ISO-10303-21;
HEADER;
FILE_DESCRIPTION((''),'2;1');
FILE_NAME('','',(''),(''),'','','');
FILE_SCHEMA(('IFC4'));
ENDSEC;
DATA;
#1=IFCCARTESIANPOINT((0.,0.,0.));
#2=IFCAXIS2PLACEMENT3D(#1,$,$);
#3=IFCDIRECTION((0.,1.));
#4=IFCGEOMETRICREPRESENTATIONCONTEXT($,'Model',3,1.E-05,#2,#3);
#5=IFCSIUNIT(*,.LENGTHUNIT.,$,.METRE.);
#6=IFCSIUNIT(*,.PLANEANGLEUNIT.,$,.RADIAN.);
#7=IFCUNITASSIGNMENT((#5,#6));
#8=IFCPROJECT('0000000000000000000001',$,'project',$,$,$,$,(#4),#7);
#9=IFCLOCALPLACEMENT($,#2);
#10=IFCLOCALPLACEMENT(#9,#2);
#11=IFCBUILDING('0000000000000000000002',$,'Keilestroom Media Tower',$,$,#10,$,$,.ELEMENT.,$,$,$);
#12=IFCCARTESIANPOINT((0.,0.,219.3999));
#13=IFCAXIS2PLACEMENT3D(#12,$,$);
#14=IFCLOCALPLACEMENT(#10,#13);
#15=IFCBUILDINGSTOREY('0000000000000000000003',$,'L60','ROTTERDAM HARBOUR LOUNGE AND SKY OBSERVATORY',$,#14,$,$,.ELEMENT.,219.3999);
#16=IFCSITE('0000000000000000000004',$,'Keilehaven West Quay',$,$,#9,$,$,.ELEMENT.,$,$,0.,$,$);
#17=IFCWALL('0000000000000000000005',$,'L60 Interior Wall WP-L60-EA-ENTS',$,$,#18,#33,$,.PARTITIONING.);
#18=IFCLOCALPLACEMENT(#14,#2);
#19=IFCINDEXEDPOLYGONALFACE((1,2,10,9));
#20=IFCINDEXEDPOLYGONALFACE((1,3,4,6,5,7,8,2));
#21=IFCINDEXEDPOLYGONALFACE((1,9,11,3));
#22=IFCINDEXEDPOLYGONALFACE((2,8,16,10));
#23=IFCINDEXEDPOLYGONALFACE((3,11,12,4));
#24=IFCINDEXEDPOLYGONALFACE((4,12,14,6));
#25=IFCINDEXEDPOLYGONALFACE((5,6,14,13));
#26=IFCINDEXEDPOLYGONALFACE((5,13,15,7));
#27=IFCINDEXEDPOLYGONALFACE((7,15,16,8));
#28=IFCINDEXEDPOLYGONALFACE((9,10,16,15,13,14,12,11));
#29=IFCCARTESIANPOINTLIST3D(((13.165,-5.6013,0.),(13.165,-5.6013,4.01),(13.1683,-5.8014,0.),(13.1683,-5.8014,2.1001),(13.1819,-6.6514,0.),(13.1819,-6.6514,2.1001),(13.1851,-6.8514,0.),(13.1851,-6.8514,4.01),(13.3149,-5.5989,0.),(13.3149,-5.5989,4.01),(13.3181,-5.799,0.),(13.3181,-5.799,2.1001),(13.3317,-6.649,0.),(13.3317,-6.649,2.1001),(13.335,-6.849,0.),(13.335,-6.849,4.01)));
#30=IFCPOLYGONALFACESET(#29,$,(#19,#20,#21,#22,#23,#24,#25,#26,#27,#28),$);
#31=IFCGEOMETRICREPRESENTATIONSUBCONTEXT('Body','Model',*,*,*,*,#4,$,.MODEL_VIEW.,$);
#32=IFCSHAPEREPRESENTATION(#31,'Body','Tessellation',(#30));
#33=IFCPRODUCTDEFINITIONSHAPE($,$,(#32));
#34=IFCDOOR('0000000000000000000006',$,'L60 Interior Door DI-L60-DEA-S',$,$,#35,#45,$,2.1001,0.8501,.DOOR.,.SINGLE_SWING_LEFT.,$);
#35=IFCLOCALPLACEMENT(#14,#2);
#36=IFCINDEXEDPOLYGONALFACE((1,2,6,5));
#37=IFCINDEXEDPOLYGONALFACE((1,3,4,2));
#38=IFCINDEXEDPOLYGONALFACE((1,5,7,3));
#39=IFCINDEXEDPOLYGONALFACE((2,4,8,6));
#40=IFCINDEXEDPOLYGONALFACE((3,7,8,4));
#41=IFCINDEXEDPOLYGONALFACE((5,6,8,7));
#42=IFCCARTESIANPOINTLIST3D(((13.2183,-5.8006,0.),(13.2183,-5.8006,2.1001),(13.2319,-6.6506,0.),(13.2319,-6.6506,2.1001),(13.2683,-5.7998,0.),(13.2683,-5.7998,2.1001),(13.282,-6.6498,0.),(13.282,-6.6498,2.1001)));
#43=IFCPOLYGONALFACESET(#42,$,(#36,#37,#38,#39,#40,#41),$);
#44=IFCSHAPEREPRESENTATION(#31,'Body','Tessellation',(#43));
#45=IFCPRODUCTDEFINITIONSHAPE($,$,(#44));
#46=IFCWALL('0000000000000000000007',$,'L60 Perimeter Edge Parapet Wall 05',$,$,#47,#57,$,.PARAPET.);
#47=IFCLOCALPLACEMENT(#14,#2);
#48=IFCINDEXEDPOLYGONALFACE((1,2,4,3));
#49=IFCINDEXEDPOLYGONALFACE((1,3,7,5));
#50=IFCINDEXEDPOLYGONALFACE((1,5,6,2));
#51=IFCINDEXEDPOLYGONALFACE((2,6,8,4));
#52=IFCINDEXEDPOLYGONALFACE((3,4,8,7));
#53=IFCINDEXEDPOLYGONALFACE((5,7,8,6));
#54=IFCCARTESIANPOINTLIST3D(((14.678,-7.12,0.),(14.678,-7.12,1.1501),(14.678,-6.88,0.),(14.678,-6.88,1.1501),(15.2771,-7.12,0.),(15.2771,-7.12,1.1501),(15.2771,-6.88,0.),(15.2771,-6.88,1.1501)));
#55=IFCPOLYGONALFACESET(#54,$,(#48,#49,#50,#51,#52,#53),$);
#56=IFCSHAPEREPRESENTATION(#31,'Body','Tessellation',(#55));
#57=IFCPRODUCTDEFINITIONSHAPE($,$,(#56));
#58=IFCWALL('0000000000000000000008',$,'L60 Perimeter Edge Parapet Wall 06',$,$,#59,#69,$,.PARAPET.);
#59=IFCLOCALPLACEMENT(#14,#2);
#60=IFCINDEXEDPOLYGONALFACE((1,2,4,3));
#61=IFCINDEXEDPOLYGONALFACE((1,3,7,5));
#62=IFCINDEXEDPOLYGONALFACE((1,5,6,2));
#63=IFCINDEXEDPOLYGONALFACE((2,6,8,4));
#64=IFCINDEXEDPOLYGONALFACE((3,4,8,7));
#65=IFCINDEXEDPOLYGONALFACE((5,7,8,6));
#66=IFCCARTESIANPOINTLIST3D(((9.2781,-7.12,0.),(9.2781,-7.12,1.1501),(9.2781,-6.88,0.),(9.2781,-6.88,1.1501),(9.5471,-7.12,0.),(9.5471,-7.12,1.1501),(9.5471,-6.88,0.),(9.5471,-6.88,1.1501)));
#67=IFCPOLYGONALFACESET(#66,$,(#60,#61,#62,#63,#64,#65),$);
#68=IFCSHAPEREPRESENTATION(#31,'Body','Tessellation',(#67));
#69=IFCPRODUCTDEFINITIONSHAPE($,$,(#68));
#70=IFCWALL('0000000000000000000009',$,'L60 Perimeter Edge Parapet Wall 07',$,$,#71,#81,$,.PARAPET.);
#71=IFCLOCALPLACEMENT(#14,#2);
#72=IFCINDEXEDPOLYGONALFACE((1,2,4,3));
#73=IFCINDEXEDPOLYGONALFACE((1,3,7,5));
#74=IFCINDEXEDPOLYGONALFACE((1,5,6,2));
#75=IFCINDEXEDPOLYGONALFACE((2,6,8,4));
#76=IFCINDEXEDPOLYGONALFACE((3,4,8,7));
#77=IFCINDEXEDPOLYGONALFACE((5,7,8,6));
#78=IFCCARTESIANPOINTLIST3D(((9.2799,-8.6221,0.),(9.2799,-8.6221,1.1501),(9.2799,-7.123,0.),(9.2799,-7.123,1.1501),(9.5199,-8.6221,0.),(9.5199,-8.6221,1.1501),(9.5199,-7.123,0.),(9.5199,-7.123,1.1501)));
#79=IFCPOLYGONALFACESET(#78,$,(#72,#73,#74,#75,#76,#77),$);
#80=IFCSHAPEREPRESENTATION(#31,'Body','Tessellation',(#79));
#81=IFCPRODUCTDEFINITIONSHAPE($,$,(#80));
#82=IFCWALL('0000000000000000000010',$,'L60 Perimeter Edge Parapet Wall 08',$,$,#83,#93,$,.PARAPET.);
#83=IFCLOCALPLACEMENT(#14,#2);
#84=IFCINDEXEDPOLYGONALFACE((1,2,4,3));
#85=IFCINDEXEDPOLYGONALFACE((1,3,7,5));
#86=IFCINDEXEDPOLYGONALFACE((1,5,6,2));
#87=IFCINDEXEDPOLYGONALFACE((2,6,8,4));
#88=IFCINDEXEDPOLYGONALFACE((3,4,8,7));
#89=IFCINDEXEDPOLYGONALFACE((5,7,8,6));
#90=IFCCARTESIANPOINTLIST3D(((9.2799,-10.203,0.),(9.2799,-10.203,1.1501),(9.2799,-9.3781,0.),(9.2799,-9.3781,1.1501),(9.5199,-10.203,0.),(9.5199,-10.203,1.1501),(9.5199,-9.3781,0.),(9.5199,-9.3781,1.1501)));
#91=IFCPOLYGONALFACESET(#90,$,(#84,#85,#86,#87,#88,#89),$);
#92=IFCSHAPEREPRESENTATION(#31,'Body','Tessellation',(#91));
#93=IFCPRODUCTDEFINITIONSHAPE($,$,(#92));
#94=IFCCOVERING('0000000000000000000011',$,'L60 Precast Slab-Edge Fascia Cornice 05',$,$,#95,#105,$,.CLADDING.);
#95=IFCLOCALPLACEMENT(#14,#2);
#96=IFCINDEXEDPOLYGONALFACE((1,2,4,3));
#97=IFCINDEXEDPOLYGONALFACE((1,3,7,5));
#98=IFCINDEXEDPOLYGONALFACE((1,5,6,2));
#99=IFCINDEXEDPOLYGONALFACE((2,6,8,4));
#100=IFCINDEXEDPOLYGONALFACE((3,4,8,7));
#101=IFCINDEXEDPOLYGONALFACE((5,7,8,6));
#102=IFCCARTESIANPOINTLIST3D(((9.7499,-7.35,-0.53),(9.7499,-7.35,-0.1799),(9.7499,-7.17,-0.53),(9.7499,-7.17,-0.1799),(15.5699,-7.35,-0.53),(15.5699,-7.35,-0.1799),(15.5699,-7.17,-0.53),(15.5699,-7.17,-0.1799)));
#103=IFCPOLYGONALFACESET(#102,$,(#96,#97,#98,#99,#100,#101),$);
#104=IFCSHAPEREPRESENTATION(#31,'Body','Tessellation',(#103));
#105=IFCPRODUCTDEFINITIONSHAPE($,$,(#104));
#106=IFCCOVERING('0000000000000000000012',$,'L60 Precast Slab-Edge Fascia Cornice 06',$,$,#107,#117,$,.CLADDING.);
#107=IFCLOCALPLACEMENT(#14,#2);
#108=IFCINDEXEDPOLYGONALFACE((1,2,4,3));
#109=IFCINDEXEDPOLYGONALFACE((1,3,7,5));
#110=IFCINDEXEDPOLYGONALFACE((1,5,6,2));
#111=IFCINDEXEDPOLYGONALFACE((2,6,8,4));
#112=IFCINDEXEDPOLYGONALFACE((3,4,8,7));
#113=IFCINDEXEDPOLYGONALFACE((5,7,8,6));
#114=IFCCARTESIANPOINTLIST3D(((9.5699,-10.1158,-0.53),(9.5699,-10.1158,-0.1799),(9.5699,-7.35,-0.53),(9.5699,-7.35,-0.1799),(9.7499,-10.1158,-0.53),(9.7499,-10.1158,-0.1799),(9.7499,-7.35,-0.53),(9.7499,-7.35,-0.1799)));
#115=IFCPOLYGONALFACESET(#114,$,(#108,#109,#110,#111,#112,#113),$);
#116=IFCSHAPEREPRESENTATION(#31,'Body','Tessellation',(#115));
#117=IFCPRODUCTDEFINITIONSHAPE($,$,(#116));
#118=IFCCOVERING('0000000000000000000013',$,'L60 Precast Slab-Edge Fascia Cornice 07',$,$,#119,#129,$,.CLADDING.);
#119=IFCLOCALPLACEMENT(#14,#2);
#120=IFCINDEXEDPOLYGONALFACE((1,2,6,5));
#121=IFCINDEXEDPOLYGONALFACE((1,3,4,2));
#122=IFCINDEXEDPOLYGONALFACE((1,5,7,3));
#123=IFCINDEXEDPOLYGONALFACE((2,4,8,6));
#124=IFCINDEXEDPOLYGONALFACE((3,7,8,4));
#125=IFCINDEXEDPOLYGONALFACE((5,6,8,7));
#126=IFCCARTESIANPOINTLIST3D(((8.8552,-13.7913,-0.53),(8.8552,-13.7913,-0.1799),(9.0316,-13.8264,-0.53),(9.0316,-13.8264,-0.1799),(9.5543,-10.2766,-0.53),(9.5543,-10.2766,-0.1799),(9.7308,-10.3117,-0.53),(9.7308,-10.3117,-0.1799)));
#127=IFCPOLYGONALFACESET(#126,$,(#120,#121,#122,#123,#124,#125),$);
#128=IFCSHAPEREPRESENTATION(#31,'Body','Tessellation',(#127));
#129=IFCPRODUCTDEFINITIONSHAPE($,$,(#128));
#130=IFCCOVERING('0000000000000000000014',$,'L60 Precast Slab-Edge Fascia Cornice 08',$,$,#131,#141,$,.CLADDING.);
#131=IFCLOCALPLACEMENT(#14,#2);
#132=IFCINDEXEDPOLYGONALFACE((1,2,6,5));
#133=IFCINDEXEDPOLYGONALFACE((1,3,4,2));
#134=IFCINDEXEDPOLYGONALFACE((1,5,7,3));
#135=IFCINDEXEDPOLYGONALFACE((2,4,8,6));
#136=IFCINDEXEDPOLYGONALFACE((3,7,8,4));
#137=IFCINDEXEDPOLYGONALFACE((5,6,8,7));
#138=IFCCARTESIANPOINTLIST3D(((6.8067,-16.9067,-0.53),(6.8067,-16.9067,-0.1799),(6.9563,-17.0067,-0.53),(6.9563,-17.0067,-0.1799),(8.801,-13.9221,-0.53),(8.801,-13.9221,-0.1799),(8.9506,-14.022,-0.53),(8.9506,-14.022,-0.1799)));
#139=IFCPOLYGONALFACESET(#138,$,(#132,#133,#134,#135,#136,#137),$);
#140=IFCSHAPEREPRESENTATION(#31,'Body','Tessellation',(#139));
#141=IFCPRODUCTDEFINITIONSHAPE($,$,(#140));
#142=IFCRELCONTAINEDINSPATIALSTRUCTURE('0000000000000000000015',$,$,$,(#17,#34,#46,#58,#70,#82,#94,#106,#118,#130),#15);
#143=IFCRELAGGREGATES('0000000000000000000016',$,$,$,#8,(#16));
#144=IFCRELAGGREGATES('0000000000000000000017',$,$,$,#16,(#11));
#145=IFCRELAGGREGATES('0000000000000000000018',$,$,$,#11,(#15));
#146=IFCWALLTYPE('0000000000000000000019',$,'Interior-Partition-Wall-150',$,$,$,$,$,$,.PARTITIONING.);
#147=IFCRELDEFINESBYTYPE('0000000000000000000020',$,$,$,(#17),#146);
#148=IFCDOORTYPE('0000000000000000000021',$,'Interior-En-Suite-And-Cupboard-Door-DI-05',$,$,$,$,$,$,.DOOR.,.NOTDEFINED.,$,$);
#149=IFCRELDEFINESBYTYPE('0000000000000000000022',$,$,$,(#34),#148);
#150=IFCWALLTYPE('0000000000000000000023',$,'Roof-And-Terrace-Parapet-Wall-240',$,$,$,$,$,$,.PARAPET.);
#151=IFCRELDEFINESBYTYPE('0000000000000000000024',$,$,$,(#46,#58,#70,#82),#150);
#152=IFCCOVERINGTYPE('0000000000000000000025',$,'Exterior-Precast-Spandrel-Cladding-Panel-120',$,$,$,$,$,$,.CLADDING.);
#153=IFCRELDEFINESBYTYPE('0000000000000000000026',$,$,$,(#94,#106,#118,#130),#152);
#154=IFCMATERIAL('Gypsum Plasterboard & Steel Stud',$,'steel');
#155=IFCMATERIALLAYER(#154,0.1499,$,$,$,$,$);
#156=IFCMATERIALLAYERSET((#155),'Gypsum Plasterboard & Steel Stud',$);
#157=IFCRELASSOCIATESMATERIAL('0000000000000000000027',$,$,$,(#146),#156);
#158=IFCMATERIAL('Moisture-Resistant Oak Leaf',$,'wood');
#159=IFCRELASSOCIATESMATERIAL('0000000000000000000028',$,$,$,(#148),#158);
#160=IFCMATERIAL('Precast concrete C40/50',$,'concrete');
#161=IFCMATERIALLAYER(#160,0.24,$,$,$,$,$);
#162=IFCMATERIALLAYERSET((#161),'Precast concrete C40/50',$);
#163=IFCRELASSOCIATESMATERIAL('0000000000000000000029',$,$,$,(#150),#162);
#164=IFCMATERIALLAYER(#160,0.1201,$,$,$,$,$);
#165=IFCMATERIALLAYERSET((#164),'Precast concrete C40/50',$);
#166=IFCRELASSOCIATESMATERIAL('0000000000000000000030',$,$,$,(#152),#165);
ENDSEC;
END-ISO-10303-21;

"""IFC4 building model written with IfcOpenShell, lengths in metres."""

from ifc_helpers import new_model, si_unit, direction, frame, frame_2d, origin, origin_2d, place, context, subcontext, project, spatial, rectangle, extrude, source, transform, mapped, material, layer, layer_set, type_object, element, fill, save


model = new_model("IFC4")

# Units and contexts
model_context = context("Model", 3, precision=1e-05, world=origin(), true_north=direction((0.0, 1.0)))
body_context = subcontext(model_context, "Body", "Model", "MODEL_VIEW")
ifc_project = project(units=[si_unit("LENGTHUNIT", "METRE"), si_unit("PLANEANGLEUNIT", "RADIAN")], contexts=[model_context])

# Site, building, storey
site_placement = place(None, origin())
site = spatial("IfcSite", under=ifc_project, at=site_placement, Name="Keilehaven West Quay", CompositionType="ELEMENT", RefElevation=0.0)
building_placement = place(site_placement, origin())
building = spatial("IfcBuilding", under=site, at=building_placement, Name="Keilestroom Media Tower", CompositionType="ELEMENT")
storey_placement = place(building_placement, frame((0.0, 0.0, 219.3999)))
storey = spatial("IfcBuildingStorey", under=building, at=storey_placement, Name="L60", Description="ROTTERDAM HARBOUR LOUNGE AND SKY OBSERVATORY", CompositionType="ELEMENT", Elevation=219.3999)

# Shared definitions
ifc_material_1 = material(Name="Precast concrete C40/50", Category="concrete")

# Shared definitions
ifc_material_2 = material(Name="Gypsum Plasterboard & Steel Stud", Category="steel")
ifc_layer_1 = layer(ifc_material_2, 0.1499)
ifc_layer_set_1 = layer_set([ifc_layer_1], Name="Gypsum Plasterboard & Steel Stud")
wall_type_1 = type_object("IfcWallType", Name="Interior-Partition-Wall-150", PredefinedType="PARTITIONING", material=ifc_layer_set_1)

# Wall, opening, door
wall_1_placement = place(storey_placement, frame((13.26, -6.8501, 0.0), z_axis=(0.0, 0.0, 1.0), x_axis=(-0.016014, 0.999872, 0.0)))
wall_1 = element("IfcWall", 1, at=wall_1_placement, inside=storey, type_object=wall_type_1, Name="L60 Interior Wall WP-L60-EA-ENTS", PredefinedType="PARTITIONING", context=body_context, shape_type="SweptSolid", body=[
    extrude(rectangle(XDim=1.2502, YDim=0.1499, at=frame_2d((0.625, 0.0))), origin(), (0.0, 0.0, 1.0), 4.01),
])
opening_placement = place(wall_1_placement, frame((0.2, 0.0, 0.0)))
opening = element("IfcOpeningElement", 2, at=opening_placement, cuts=wall_1, PredefinedType="OPENING", context=body_context, shape_type="SweptSolid", body=[
    extrude(rectangle(XDim=0.8501, YDim=2.1001, at=frame_2d((0.425, 1.05))), frame((0.0, 0.085, 0.0), z_axis=(0.0, -1.0, 0.0), x_axis=(1.0, 0.0, 0.0)), (0.0, 0.0, 1.0), 0.1699),
])
ifc_material_3 = material(Name="Moisture-Resistant Oak Leaf", Category="wood")
door_type = type_object("IfcDoorType", Name="Interior-En-Suite-And-Cupboard-Door-DI-05", OperationType="NOTDEFINED", PredefinedType="DOOR", material=ifc_material_3)
shared_shape_1 = source(origin(), body_context, "Body", "SweptSolid", [
    extrude(rectangle(XDim=0.8501, YDim=2.1001, at=frame_2d((0.425, 1.05))), frame((0.0, 0.0249, 0.0), z_axis=(0.0, -1.0, 0.0), x_axis=(1.0, 0.0, 0.0)), (0.0, 0.0, 1.0), 0.05),
])
door_placement = place(opening_placement, origin())
door = element("IfcDoor", 3, at=door_placement, inside=storey, type_object=door_type, Name="L60 Interior Door DI-L60-DEA-S", OperationType="SINGLE_SWING_LEFT", OverallHeight=2.1001, OverallWidth=0.8501, PredefinedType="DOOR", context=body_context, shape_type="MappedRepresentation", body=[
    mapped(shared_shape_1, transform((0.0, 0.0, 0.0), x_axis=(1.0, 0.0, 0.0), y_axis=(0.0, 1.0, 0.0), z_axis=(0.0, 0.0, 1.0), scale=1.0)),
])
fill(opening, door)

# Walls
ifc_layer_2 = layer(ifc_material_1, 0.24)
ifc_layer_set_2 = layer_set([ifc_layer_2], Name="Precast concrete C40/50")
wall_type_2 = type_object("IfcWallType", Name="Roof-And-Terrace-Parapet-Wall-240", PredefinedType="PARAPET", material=ifc_layer_set_2)
wall_2_placement = place(storey_placement, frame((15.2771, -7.0, 0.0), z_axis=(0.0, 0.0, 1.0), x_axis=(-1.0, 0.0, 0.0)))
element("IfcWall", 4, at=wall_2_placement, inside=storey, type_object=wall_type_2, Name="L60 Perimeter Edge Parapet Wall 05", PredefinedType="PARAPET", context=body_context, shape_type="SweptSolid", body=[
    extrude(rectangle(XDim=0.5991, YDim=0.24, at=frame_2d((0.2996, 0.0))), origin(), (0.0, 0.0, 1.0), 1.1501),
])
wall_3_placement = place(storey_placement, frame((9.5471, -7.0, 0.0), z_axis=(0.0, 0.0, 1.0), x_axis=(-1.0, 0.0, 0.0)))
element("IfcWall", 5, at=wall_3_placement, inside=storey, type_object=wall_type_2, Name="L60 Perimeter Edge Parapet Wall 06", PredefinedType="PARAPET", context=body_context, shape_type="SweptSolid", body=[
    extrude(rectangle(XDim=0.269, YDim=0.24, at=frame_2d((0.1345, 0.0))), origin(), (0.0, 0.0, 1.0), 1.1501),
])
wall_4_placement = place(storey_placement, frame((9.3999, -7.123, 0.0), z_axis=(0.0, 0.0, 1.0), x_axis=(0.0, -1.0, 0.0)))
element("IfcWall", 6, at=wall_4_placement, inside=storey, type_object=wall_type_2, Name="L60 Perimeter Edge Parapet Wall 07", PredefinedType="PARAPET", context=body_context, shape_type="SweptSolid", body=[
    extrude(rectangle(XDim=1.499, YDim=0.24, at=frame_2d((0.7495, 0.0))), origin(), (0.0, 0.0, 1.0), 1.1501),
])
wall_5_placement = place(storey_placement, frame((9.3999, -9.3779, 0.0), z_axis=(0.0, 0.0, 1.0), x_axis=(0.0, -1.0, 0.0)))
element("IfcWall", 7, at=wall_5_placement, inside=storey, type_object=wall_type_2, Name="L60 Perimeter Edge Parapet Wall 08", PredefinedType="PARAPET", context=body_context, shape_type="SweptSolid", body=[
    extrude(rectangle(XDim=0.825, YDim=0.24, at=frame_2d((0.4126, 0.0))), origin(), (0.0, 0.0, 1.0), 1.1501),
])

# Coverings
ifc_layer_3 = layer(ifc_material_1, 0.1201)
ifc_layer_set_3 = layer_set([ifc_layer_3], Name="Precast concrete C40/50")
covering_type = type_object("IfcCoveringType", Name="Exterior-Precast-Spandrel-Cladding-Panel-120", PredefinedType="CLADDING", material=ifc_layer_set_3)
shared_shape_2 = source(origin(), body_context, "Body", "SweptSolid", [
    extrude(rectangle(XDim=5.8201, YDim=0.1799, at=origin_2d()), origin(), (0.0, 0.0, 1.0), 0.3501),
])
covering_1_placement = place(storey_placement, frame((12.6599, -7.26, -0.53), z_axis=(0.0, 0.0, 1.0), x_axis=(-1.0, 0.0, 0.0)))
element("IfcCovering", 8, at=covering_1_placement, inside=storey, type_object=covering_type, Name="L60 Precast Slab-Edge Fascia Cornice 05", PredefinedType="CLADDING", context=body_context, shape_type="MappedRepresentation", body=[
    mapped(shared_shape_2, transform((0.0, 0.0, 0.0), x_axis=(1.0, 0.0, 0.0), y_axis=(0.0, 1.0, 0.0), z_axis=(0.0, 0.0, 1.0), scale=1.0)),
])
shared_shape_3 = source(origin(), body_context, "Body", "SweptSolid", [
    extrude(rectangle(XDim=2.7659, YDim=0.1799, at=origin_2d()), origin(), (0.0, 0.0, 1.0), 0.3501),
])
covering_2_placement = place(storey_placement, frame((9.6599, -8.7329, -0.53), z_axis=(0.0, 0.0, 1.0), x_axis=(0.0, -1.0, 0.0)))
element("IfcCovering", 9, at=covering_2_placement, inside=storey, type_object=covering_type, Name="L60 Precast Slab-Edge Fascia Cornice 06", PredefinedType="CLADDING", context=body_context, shape_type="MappedRepresentation", body=[
    mapped(shared_shape_3, transform((0.0, 0.0, 0.0), x_axis=(1.0, 0.0, 0.0), y_axis=(0.0, 1.0, 0.0), z_axis=(0.0, 0.0, 1.0), scale=1.0)),
])
shared_shape_4 = source(origin(), body_context, "Body", "SweptSolid", [
    extrude(rectangle(XDim=3.5835, YDim=0.1799, at=origin_2d()), origin(), (0.0, 0.0, 1.0), 0.3501),
])
covering_3_placement = place(storey_placement, frame((9.293, -12.0515, -0.53), z_axis=(0.0, 0.0, 1.0), x_axis=(-0.195099, -0.980784, 0.0)))
element("IfcCovering", 10, at=covering_3_placement, inside=storey, type_object=covering_type, Name="L60 Precast Slab-Edge Fascia Cornice 07", PredefinedType="CLADDING", context=body_context, shape_type="MappedRepresentation", body=[
    mapped(shared_shape_4, transform((0.0, 0.0, 0.0), x_axis=(1.0, 0.0, 0.0), y_axis=(0.0, 1.0, 0.0), z_axis=(0.0, 0.0, 1.0), scale=1.0)),
])
shared_shape_5 = source(origin(), body_context, "Body", "SweptSolid", [
    extrude(rectangle(XDim=3.5896, YDim=0.1799, at=origin_2d()), origin(), (0.0, 0.0, 1.0), 0.3501),
])
covering_4_placement = place(storey_placement, frame((7.8787, -15.4644, -0.53), z_axis=(0.0, 0.0, 1.0), x_axis=(-0.555575, -0.831467, 0.0)))
element("IfcCovering", 11, at=covering_4_placement, inside=storey, type_object=covering_type, Name="L60 Precast Slab-Edge Fascia Cornice 08", PredefinedType="CLADDING", context=body_context, shape_type="MappedRepresentation", body=[
    mapped(shared_shape_5, transform((0.0, 0.0, 0.0), x_axis=(1.0, 0.0, 0.0), y_axis=(0.0, 1.0, 0.0), z_axis=(0.0, 0.0, 1.0), scale=1.0)),
])

save(model, "model.ifc")
